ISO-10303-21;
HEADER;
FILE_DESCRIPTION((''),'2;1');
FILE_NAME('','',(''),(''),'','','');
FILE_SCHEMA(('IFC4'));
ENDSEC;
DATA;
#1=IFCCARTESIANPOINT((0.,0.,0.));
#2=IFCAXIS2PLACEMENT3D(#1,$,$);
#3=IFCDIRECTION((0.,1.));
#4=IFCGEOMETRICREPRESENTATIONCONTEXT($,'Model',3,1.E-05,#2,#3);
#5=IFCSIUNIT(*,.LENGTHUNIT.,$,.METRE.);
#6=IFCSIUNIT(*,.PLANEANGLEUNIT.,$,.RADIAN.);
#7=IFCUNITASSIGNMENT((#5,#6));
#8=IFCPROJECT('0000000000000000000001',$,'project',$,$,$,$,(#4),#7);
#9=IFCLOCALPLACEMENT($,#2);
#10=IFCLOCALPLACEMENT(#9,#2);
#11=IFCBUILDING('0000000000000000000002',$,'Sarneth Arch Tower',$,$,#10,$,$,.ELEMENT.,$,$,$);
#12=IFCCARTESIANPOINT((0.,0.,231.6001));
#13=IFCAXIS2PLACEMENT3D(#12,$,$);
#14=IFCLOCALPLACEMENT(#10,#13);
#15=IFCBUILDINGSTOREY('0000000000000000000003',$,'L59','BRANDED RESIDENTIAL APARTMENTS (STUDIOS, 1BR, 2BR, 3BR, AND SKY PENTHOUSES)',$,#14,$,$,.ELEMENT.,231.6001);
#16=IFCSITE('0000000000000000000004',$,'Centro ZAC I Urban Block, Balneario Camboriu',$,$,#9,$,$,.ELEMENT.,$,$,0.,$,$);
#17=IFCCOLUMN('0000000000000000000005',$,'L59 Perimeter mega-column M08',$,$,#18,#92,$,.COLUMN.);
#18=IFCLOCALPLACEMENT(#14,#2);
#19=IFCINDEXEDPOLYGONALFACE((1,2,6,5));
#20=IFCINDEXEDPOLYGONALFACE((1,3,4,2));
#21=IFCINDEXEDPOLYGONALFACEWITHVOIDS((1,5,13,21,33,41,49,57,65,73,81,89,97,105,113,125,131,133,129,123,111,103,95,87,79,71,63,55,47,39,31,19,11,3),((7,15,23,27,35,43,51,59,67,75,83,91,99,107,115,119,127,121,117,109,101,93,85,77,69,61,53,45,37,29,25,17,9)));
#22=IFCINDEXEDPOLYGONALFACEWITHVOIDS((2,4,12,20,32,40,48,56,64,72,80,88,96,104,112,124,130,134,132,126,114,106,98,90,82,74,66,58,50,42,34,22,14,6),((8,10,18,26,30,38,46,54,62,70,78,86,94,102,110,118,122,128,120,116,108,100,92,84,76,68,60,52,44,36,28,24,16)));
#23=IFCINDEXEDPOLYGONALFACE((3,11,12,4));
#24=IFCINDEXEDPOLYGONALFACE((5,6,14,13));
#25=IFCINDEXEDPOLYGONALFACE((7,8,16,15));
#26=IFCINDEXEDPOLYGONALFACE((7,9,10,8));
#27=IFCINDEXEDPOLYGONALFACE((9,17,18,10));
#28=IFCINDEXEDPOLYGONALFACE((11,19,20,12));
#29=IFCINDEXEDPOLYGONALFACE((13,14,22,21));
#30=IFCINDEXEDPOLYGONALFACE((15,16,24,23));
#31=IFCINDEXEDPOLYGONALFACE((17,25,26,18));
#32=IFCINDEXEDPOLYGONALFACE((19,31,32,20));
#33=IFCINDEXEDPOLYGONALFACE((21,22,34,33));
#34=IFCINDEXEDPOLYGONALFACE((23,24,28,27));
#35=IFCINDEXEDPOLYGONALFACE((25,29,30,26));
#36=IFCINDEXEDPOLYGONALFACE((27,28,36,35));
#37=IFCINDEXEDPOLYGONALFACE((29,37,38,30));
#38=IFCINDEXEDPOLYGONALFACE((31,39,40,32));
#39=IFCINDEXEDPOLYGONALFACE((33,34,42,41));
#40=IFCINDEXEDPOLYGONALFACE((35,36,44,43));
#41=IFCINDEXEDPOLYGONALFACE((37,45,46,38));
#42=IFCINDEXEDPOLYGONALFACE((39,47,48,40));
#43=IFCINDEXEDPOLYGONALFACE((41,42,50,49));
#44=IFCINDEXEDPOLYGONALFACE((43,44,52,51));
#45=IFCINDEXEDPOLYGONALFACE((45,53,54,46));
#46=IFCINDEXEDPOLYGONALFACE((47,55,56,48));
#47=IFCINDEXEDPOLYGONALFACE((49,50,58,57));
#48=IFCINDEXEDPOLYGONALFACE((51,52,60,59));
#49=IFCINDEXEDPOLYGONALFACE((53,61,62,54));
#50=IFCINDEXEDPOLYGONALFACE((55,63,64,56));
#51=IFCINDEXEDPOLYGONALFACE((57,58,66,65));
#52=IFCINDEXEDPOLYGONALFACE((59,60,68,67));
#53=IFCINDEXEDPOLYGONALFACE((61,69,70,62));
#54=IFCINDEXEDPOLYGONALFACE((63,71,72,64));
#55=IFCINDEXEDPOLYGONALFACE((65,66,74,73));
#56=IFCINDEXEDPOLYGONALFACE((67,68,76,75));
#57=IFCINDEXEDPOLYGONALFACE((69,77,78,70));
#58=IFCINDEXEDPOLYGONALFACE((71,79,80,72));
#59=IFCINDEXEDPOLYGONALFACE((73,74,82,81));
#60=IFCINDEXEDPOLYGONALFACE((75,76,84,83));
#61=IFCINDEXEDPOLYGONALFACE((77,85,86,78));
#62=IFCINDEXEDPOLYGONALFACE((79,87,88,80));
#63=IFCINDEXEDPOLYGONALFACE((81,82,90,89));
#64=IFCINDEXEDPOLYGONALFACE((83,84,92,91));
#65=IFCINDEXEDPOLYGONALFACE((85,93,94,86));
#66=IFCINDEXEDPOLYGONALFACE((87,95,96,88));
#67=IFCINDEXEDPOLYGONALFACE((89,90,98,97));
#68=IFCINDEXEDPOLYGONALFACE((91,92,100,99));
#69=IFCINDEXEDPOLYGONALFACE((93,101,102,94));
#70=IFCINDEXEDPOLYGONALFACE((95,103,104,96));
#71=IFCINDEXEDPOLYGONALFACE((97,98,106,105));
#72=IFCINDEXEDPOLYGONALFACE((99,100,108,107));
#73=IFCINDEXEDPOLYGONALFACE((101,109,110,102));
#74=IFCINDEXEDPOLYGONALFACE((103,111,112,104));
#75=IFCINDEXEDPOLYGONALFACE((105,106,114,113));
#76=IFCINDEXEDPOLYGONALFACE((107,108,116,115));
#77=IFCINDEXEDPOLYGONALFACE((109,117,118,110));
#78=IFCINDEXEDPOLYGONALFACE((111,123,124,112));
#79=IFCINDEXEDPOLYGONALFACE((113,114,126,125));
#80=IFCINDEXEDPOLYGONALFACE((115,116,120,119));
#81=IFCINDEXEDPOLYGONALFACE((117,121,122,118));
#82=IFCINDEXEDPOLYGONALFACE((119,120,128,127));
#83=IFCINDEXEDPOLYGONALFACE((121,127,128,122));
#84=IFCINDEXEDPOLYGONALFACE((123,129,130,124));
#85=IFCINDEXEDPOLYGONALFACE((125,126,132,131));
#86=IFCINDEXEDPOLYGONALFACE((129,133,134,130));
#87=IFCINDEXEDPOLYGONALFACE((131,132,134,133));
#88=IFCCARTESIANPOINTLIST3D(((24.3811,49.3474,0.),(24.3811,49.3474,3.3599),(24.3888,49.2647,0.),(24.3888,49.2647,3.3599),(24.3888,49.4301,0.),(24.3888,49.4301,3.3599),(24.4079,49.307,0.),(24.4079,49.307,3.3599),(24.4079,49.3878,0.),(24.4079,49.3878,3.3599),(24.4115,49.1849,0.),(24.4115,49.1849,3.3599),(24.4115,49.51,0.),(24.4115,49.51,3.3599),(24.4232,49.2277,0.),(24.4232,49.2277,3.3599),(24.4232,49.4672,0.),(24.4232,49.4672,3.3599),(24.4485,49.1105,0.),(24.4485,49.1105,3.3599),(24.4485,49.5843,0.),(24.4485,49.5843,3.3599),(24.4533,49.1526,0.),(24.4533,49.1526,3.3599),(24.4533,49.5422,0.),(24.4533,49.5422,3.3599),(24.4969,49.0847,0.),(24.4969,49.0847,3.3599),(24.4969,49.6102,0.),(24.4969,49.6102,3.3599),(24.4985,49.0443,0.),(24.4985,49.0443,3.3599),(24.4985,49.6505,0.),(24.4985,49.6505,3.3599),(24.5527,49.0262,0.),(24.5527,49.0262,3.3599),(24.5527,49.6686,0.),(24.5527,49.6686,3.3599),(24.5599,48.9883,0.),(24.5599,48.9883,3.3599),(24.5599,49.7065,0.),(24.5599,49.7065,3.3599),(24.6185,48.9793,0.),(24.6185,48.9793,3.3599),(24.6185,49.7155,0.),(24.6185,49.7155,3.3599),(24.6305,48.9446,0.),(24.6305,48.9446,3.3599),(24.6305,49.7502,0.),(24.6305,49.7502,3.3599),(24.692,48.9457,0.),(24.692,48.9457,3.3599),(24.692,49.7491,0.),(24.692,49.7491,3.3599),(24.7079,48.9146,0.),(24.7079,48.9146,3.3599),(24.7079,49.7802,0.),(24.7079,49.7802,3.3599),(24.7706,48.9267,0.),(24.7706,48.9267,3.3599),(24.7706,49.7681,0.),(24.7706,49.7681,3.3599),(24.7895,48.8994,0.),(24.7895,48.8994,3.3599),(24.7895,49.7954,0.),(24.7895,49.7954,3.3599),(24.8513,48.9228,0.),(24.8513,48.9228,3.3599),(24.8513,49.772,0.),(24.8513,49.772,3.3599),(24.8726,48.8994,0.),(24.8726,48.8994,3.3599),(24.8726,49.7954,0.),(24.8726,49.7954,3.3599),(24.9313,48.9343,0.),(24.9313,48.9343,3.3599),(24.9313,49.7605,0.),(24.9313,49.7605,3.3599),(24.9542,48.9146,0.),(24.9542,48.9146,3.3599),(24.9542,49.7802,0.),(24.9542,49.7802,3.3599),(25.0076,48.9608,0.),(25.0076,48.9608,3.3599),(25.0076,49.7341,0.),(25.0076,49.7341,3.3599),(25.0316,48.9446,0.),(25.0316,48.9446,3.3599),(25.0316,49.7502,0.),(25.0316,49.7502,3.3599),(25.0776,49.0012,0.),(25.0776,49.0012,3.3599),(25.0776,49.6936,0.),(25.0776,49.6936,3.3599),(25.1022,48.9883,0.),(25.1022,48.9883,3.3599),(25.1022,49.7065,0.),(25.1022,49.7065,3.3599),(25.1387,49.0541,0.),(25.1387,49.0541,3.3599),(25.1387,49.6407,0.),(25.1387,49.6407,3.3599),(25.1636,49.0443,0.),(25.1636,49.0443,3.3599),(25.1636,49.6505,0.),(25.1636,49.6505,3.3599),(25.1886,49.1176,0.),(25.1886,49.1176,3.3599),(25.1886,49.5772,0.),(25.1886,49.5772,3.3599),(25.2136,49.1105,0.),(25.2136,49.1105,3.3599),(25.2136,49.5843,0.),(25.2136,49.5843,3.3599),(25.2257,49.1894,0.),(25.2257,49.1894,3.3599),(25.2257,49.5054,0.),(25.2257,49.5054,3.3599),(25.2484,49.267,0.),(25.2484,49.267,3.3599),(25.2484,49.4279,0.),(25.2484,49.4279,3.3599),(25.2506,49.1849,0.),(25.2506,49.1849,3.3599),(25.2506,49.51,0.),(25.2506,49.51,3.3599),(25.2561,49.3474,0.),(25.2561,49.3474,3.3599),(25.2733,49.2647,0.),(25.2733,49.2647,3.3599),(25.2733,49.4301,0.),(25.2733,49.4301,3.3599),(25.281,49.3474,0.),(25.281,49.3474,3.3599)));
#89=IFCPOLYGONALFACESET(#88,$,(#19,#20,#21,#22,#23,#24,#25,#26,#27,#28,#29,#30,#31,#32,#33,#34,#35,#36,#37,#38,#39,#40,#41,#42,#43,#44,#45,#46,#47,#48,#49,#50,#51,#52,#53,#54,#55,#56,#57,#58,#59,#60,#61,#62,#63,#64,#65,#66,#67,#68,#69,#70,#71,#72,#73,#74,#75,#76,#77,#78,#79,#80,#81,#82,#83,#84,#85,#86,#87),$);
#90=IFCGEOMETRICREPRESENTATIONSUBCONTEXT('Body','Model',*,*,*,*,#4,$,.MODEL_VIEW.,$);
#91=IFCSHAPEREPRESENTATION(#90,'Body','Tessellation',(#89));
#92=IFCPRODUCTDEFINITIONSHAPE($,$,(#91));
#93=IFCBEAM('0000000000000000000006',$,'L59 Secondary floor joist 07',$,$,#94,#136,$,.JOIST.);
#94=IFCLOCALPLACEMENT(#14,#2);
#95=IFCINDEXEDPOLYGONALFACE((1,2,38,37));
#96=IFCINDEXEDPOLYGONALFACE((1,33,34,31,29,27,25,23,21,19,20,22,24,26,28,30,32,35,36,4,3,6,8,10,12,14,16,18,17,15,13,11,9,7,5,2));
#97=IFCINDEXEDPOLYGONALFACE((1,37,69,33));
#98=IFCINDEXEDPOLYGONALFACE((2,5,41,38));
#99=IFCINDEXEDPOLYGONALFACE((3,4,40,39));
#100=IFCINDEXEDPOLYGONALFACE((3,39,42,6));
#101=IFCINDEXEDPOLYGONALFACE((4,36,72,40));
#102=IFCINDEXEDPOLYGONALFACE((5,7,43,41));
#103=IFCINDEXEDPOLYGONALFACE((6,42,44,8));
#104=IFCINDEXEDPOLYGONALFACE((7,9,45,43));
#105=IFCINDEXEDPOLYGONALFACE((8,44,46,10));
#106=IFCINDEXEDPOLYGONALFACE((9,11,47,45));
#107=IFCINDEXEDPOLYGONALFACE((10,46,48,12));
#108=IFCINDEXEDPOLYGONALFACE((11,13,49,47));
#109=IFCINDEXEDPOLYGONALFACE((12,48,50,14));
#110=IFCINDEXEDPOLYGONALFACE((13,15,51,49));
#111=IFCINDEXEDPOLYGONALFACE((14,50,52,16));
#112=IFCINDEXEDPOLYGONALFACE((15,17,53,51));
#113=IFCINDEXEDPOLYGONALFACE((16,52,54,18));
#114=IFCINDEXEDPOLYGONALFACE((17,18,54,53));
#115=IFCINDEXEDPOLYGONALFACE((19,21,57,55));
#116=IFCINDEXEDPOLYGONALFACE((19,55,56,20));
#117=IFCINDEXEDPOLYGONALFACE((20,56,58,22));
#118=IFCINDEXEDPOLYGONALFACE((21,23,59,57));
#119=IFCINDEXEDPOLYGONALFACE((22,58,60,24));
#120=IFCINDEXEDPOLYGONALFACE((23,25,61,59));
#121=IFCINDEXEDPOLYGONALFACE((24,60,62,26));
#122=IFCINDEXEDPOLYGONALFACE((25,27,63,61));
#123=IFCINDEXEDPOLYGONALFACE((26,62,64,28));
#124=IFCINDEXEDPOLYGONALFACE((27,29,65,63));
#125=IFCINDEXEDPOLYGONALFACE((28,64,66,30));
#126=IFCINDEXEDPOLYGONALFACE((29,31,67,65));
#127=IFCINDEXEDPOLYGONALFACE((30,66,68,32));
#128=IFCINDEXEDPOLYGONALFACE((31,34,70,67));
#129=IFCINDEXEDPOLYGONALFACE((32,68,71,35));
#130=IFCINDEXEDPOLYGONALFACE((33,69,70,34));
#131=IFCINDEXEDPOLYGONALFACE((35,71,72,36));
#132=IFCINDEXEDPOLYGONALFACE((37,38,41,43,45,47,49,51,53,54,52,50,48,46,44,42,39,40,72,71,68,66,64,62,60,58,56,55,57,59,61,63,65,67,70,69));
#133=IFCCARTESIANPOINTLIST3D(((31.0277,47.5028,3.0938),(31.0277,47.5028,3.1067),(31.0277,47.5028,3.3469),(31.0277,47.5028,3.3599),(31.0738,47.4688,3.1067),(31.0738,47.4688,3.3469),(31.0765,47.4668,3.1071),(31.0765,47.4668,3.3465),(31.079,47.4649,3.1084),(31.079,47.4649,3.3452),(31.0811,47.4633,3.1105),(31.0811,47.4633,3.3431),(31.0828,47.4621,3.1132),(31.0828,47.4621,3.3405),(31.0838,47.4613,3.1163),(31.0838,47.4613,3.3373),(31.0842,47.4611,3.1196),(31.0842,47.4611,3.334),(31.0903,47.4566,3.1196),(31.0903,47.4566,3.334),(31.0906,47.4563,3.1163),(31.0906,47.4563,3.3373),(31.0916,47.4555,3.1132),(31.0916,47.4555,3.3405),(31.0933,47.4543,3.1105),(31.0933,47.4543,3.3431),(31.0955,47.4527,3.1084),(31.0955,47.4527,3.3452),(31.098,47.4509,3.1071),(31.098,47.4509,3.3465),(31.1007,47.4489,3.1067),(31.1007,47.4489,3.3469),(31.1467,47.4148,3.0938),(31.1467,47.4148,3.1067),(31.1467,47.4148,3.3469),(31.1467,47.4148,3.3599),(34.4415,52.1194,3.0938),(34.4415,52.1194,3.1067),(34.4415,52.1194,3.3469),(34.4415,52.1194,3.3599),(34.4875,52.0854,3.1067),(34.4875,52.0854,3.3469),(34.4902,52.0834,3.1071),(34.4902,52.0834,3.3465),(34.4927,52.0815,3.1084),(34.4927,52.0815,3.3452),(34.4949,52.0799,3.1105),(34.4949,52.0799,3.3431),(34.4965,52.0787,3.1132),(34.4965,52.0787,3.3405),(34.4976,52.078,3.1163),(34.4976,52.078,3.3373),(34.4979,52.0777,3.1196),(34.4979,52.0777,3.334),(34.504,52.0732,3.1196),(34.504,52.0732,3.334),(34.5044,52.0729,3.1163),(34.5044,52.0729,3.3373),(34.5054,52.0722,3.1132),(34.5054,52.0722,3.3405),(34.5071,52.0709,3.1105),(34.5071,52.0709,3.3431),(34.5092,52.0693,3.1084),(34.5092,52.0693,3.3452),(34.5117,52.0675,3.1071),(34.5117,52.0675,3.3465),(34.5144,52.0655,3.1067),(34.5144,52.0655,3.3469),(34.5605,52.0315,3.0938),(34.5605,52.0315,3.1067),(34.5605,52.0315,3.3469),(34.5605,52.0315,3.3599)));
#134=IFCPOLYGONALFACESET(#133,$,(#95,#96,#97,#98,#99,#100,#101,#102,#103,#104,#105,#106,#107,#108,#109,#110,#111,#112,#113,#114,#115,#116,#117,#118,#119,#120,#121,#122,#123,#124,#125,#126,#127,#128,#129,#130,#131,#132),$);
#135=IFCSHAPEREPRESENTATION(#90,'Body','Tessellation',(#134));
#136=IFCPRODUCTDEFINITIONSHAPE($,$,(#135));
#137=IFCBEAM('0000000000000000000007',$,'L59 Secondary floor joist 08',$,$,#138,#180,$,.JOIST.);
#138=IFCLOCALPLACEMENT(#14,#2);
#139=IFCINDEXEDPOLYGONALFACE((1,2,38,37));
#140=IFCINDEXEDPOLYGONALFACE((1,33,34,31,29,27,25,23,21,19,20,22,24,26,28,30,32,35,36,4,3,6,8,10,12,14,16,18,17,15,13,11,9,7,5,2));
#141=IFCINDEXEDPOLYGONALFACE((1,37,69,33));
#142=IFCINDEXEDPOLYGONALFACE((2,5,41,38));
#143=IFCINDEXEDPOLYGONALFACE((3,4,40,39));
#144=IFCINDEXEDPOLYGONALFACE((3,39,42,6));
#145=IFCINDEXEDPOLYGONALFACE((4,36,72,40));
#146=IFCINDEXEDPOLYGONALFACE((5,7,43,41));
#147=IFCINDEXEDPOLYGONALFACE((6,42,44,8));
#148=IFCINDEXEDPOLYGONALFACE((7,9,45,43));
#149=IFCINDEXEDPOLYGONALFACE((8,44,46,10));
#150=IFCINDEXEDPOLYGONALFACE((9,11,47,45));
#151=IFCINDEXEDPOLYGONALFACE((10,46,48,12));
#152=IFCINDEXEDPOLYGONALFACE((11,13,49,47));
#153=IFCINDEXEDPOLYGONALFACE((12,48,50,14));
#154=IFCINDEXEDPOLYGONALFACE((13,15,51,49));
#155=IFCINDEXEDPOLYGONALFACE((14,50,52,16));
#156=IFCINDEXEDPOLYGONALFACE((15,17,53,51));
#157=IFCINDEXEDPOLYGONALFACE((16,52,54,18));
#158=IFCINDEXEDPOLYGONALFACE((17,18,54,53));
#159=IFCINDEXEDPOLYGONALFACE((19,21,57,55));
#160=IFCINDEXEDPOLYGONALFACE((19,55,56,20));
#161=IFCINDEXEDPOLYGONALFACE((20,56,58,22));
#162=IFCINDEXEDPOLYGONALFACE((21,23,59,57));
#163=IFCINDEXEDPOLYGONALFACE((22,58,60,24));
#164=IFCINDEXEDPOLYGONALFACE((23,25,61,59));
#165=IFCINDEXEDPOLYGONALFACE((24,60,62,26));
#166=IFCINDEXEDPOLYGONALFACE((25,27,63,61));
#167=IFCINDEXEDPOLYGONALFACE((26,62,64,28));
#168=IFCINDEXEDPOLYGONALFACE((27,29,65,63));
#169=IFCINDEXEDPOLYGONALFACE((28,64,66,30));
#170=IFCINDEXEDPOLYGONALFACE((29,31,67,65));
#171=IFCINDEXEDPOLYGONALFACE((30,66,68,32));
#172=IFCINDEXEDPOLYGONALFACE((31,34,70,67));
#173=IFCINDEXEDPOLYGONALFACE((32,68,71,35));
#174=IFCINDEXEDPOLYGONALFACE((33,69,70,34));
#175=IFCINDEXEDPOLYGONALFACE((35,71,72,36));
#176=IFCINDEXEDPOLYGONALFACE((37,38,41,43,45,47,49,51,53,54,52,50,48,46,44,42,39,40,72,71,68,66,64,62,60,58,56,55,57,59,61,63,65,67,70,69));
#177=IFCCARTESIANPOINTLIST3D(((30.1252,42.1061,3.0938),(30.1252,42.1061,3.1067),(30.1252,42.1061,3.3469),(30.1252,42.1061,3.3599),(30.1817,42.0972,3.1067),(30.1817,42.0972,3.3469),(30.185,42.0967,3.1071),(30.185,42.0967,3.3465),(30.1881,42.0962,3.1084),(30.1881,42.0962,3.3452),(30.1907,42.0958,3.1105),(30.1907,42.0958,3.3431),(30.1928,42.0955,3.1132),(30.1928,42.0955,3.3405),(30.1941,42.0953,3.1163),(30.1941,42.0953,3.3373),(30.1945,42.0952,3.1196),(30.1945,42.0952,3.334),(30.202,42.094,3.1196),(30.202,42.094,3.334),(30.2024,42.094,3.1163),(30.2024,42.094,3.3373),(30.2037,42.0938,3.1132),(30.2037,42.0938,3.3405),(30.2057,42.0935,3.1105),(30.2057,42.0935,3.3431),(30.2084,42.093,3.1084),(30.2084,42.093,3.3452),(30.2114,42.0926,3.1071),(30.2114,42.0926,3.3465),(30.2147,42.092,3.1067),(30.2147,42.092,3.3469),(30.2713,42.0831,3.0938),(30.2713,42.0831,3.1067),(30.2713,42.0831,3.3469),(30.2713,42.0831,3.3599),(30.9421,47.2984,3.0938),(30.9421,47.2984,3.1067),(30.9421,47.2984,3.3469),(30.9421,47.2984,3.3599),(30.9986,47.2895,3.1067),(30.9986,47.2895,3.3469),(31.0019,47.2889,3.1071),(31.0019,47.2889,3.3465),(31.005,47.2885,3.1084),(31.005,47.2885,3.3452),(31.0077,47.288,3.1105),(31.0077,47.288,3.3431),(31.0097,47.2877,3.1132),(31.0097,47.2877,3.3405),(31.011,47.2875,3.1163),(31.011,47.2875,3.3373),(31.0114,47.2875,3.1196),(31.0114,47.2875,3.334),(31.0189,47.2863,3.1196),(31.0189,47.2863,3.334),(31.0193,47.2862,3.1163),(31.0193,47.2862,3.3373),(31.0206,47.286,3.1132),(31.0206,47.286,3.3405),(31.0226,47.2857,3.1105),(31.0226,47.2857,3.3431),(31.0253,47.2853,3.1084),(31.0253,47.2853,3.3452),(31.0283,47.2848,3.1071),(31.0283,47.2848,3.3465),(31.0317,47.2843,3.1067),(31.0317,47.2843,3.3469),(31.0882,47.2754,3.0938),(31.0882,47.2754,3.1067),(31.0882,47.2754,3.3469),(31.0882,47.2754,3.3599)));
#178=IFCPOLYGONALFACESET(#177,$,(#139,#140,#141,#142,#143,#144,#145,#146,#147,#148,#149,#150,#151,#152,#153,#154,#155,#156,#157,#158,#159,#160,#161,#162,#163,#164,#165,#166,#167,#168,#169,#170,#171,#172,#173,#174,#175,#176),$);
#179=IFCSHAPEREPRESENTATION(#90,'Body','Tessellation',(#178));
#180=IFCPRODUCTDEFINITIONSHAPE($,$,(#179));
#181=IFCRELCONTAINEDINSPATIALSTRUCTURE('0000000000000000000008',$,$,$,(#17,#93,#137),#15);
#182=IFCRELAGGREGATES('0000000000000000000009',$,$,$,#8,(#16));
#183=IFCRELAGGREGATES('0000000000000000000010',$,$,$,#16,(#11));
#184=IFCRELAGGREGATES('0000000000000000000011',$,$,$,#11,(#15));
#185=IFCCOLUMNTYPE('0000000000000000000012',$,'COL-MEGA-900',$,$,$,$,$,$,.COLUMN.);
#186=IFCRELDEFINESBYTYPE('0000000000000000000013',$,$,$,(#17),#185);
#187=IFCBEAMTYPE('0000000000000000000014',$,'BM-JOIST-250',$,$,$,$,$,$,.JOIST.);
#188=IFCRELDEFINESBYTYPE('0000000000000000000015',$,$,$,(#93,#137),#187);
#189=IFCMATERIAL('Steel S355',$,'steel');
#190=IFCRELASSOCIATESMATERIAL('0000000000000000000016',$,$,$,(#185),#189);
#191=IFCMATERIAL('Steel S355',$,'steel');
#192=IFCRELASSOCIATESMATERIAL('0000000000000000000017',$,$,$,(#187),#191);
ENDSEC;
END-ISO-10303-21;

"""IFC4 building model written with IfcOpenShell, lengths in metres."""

from ifc_helpers import new_model, si_unit, direction, frame, origin, origin_2d, place, context, subcontext, project, spatial, hollow_circle, i_section, extrude, material, material_profile, profile_set, type_object, element, save


model = new_model("IFC4")

# Units and contexts
model_context = context("Model", 3, precision=1e-05, world=origin(), true_north=direction((0.0, 1.0)))
body_context = subcontext(model_context, "Body", "Model", "MODEL_VIEW")
ifc_project = project(units=[si_unit("LENGTHUNIT", "METRE"), si_unit("PLANEANGLEUNIT", "RADIAN")], contexts=[model_context])

# Site, building, storey
site_placement = place(None, origin())
site = spatial("IfcSite", under=ifc_project, at=site_placement, Name="Centro ZAC I Urban Block, Balneario Camboriu", CompositionType="ELEMENT", RefElevation=0.0)
building_placement = place(site_placement, origin())
building = spatial("IfcBuilding", under=site, at=building_placement, Name="Sarneth Arch Tower", CompositionType="ELEMENT")
storey_placement = place(building_placement, frame((0.0, 0.0, 231.6001)))
storey = spatial("IfcBuildingStorey", under=building, at=storey_placement, Name="L59", Description="BRANDED RESIDENTIAL APARTMENTS (STUDIOS, 1BR, 2BR, 3BR, AND SKY PENTHOUSES)", CompositionType="ELEMENT", Elevation=231.6001)

# Column
ifc_material_1 = material(Name="Steel S355", Category="steel")
ifc_material_profile_1 = material_profile(ifc_material_1, hollow_circle(Radius=0.45, WallThickness=0.0249, at=origin_2d()), Name="CHS900x25")
ifc_profile_set_1 = profile_set([ifc_material_profile_1], Name="Steel S355")
column_type = type_object("IfcColumnType", Name="COL-MEGA-900", PredefinedType="COLUMN", material=ifc_profile_set_1)
column_placement = place(storey_placement, frame((24.8311, 49.3474, 0.0), z_axis=(0.0, 0.0, 1.0), x_axis=(1.0, 0.0, 0.0)))
element("IfcColumn", 1, at=column_placement, inside=storey, type_object=column_type, Name="L59 Perimeter mega-column M08", PredefinedType="COLUMN", context=body_context, shape_type="SweptSolid", body=[
    extrude(hollow_circle(Radius=0.45, WallThickness=0.0249, at=origin_2d()), origin(), (0.0, 0.0, 1.0), 3.3599),
])

# Beams
ifc_material_2 = material(Name="Steel S355", Category="steel")
ifc_material_profile_2 = material_profile(ifc_material_2, i_section(OverallWidth=0.1479, OverallDepth=0.2661, WebThickness=0.0076, FlangeThickness=0.0129, FilletRadius=0.0129, at=origin_2d()), Name="W250x44.8")
ifc_profile_set_2 = profile_set([ifc_material_profile_2], Name="Steel S355")
beam_type_1 = type_object("IfcBeamType", Name="BM-JOIST-250", PredefinedType="JOIST", material=ifc_profile_set_2)
beam_1_placement = place(storey_placement, frame((34.501, 52.0754, 3.2268), z_axis=(-0.594557, -0.804053, 0.0), x_axis=(0.804053, -0.594557, 0.0)))
element("IfcBeam", 2, at=beam_1_placement, inside=storey, type_object=beam_type_1, Name="L59 Secondary floor joist 07", PredefinedType="JOIST", context=body_context, shape_type="SweptSolid", body=[
    extrude(i_section(OverallWidth=0.1479, OverallDepth=0.2661, WebThickness=0.0076, FlangeThickness=0.0129, FilletRadius=0.0129, at=origin_2d()), origin(), (0.0, 0.0, 1.0), 5.7417),
])
beam_2_placement = place(storey_placement, frame((31.0151, 47.2869, 3.2268), z_axis=(-0.155421, -0.987848, 0.0), x_axis=(0.987848, -0.155421, 0.0)))
element("IfcBeam", 3, at=beam_2_placement, inside=storey, type_object=beam_type_1, Name="L59 Secondary floor joist 08", PredefinedType="JOIST", context=body_context, shape_type="SweptSolid", body=[
    extrude(i_section(OverallWidth=0.1479, OverallDepth=0.2661, WebThickness=0.0076, FlangeThickness=0.0129, FilletRadius=0.0129, at=origin_2d()), origin(), (0.0, 0.0, 1.0), 5.2561),
])

save(model, "model.ifc")
